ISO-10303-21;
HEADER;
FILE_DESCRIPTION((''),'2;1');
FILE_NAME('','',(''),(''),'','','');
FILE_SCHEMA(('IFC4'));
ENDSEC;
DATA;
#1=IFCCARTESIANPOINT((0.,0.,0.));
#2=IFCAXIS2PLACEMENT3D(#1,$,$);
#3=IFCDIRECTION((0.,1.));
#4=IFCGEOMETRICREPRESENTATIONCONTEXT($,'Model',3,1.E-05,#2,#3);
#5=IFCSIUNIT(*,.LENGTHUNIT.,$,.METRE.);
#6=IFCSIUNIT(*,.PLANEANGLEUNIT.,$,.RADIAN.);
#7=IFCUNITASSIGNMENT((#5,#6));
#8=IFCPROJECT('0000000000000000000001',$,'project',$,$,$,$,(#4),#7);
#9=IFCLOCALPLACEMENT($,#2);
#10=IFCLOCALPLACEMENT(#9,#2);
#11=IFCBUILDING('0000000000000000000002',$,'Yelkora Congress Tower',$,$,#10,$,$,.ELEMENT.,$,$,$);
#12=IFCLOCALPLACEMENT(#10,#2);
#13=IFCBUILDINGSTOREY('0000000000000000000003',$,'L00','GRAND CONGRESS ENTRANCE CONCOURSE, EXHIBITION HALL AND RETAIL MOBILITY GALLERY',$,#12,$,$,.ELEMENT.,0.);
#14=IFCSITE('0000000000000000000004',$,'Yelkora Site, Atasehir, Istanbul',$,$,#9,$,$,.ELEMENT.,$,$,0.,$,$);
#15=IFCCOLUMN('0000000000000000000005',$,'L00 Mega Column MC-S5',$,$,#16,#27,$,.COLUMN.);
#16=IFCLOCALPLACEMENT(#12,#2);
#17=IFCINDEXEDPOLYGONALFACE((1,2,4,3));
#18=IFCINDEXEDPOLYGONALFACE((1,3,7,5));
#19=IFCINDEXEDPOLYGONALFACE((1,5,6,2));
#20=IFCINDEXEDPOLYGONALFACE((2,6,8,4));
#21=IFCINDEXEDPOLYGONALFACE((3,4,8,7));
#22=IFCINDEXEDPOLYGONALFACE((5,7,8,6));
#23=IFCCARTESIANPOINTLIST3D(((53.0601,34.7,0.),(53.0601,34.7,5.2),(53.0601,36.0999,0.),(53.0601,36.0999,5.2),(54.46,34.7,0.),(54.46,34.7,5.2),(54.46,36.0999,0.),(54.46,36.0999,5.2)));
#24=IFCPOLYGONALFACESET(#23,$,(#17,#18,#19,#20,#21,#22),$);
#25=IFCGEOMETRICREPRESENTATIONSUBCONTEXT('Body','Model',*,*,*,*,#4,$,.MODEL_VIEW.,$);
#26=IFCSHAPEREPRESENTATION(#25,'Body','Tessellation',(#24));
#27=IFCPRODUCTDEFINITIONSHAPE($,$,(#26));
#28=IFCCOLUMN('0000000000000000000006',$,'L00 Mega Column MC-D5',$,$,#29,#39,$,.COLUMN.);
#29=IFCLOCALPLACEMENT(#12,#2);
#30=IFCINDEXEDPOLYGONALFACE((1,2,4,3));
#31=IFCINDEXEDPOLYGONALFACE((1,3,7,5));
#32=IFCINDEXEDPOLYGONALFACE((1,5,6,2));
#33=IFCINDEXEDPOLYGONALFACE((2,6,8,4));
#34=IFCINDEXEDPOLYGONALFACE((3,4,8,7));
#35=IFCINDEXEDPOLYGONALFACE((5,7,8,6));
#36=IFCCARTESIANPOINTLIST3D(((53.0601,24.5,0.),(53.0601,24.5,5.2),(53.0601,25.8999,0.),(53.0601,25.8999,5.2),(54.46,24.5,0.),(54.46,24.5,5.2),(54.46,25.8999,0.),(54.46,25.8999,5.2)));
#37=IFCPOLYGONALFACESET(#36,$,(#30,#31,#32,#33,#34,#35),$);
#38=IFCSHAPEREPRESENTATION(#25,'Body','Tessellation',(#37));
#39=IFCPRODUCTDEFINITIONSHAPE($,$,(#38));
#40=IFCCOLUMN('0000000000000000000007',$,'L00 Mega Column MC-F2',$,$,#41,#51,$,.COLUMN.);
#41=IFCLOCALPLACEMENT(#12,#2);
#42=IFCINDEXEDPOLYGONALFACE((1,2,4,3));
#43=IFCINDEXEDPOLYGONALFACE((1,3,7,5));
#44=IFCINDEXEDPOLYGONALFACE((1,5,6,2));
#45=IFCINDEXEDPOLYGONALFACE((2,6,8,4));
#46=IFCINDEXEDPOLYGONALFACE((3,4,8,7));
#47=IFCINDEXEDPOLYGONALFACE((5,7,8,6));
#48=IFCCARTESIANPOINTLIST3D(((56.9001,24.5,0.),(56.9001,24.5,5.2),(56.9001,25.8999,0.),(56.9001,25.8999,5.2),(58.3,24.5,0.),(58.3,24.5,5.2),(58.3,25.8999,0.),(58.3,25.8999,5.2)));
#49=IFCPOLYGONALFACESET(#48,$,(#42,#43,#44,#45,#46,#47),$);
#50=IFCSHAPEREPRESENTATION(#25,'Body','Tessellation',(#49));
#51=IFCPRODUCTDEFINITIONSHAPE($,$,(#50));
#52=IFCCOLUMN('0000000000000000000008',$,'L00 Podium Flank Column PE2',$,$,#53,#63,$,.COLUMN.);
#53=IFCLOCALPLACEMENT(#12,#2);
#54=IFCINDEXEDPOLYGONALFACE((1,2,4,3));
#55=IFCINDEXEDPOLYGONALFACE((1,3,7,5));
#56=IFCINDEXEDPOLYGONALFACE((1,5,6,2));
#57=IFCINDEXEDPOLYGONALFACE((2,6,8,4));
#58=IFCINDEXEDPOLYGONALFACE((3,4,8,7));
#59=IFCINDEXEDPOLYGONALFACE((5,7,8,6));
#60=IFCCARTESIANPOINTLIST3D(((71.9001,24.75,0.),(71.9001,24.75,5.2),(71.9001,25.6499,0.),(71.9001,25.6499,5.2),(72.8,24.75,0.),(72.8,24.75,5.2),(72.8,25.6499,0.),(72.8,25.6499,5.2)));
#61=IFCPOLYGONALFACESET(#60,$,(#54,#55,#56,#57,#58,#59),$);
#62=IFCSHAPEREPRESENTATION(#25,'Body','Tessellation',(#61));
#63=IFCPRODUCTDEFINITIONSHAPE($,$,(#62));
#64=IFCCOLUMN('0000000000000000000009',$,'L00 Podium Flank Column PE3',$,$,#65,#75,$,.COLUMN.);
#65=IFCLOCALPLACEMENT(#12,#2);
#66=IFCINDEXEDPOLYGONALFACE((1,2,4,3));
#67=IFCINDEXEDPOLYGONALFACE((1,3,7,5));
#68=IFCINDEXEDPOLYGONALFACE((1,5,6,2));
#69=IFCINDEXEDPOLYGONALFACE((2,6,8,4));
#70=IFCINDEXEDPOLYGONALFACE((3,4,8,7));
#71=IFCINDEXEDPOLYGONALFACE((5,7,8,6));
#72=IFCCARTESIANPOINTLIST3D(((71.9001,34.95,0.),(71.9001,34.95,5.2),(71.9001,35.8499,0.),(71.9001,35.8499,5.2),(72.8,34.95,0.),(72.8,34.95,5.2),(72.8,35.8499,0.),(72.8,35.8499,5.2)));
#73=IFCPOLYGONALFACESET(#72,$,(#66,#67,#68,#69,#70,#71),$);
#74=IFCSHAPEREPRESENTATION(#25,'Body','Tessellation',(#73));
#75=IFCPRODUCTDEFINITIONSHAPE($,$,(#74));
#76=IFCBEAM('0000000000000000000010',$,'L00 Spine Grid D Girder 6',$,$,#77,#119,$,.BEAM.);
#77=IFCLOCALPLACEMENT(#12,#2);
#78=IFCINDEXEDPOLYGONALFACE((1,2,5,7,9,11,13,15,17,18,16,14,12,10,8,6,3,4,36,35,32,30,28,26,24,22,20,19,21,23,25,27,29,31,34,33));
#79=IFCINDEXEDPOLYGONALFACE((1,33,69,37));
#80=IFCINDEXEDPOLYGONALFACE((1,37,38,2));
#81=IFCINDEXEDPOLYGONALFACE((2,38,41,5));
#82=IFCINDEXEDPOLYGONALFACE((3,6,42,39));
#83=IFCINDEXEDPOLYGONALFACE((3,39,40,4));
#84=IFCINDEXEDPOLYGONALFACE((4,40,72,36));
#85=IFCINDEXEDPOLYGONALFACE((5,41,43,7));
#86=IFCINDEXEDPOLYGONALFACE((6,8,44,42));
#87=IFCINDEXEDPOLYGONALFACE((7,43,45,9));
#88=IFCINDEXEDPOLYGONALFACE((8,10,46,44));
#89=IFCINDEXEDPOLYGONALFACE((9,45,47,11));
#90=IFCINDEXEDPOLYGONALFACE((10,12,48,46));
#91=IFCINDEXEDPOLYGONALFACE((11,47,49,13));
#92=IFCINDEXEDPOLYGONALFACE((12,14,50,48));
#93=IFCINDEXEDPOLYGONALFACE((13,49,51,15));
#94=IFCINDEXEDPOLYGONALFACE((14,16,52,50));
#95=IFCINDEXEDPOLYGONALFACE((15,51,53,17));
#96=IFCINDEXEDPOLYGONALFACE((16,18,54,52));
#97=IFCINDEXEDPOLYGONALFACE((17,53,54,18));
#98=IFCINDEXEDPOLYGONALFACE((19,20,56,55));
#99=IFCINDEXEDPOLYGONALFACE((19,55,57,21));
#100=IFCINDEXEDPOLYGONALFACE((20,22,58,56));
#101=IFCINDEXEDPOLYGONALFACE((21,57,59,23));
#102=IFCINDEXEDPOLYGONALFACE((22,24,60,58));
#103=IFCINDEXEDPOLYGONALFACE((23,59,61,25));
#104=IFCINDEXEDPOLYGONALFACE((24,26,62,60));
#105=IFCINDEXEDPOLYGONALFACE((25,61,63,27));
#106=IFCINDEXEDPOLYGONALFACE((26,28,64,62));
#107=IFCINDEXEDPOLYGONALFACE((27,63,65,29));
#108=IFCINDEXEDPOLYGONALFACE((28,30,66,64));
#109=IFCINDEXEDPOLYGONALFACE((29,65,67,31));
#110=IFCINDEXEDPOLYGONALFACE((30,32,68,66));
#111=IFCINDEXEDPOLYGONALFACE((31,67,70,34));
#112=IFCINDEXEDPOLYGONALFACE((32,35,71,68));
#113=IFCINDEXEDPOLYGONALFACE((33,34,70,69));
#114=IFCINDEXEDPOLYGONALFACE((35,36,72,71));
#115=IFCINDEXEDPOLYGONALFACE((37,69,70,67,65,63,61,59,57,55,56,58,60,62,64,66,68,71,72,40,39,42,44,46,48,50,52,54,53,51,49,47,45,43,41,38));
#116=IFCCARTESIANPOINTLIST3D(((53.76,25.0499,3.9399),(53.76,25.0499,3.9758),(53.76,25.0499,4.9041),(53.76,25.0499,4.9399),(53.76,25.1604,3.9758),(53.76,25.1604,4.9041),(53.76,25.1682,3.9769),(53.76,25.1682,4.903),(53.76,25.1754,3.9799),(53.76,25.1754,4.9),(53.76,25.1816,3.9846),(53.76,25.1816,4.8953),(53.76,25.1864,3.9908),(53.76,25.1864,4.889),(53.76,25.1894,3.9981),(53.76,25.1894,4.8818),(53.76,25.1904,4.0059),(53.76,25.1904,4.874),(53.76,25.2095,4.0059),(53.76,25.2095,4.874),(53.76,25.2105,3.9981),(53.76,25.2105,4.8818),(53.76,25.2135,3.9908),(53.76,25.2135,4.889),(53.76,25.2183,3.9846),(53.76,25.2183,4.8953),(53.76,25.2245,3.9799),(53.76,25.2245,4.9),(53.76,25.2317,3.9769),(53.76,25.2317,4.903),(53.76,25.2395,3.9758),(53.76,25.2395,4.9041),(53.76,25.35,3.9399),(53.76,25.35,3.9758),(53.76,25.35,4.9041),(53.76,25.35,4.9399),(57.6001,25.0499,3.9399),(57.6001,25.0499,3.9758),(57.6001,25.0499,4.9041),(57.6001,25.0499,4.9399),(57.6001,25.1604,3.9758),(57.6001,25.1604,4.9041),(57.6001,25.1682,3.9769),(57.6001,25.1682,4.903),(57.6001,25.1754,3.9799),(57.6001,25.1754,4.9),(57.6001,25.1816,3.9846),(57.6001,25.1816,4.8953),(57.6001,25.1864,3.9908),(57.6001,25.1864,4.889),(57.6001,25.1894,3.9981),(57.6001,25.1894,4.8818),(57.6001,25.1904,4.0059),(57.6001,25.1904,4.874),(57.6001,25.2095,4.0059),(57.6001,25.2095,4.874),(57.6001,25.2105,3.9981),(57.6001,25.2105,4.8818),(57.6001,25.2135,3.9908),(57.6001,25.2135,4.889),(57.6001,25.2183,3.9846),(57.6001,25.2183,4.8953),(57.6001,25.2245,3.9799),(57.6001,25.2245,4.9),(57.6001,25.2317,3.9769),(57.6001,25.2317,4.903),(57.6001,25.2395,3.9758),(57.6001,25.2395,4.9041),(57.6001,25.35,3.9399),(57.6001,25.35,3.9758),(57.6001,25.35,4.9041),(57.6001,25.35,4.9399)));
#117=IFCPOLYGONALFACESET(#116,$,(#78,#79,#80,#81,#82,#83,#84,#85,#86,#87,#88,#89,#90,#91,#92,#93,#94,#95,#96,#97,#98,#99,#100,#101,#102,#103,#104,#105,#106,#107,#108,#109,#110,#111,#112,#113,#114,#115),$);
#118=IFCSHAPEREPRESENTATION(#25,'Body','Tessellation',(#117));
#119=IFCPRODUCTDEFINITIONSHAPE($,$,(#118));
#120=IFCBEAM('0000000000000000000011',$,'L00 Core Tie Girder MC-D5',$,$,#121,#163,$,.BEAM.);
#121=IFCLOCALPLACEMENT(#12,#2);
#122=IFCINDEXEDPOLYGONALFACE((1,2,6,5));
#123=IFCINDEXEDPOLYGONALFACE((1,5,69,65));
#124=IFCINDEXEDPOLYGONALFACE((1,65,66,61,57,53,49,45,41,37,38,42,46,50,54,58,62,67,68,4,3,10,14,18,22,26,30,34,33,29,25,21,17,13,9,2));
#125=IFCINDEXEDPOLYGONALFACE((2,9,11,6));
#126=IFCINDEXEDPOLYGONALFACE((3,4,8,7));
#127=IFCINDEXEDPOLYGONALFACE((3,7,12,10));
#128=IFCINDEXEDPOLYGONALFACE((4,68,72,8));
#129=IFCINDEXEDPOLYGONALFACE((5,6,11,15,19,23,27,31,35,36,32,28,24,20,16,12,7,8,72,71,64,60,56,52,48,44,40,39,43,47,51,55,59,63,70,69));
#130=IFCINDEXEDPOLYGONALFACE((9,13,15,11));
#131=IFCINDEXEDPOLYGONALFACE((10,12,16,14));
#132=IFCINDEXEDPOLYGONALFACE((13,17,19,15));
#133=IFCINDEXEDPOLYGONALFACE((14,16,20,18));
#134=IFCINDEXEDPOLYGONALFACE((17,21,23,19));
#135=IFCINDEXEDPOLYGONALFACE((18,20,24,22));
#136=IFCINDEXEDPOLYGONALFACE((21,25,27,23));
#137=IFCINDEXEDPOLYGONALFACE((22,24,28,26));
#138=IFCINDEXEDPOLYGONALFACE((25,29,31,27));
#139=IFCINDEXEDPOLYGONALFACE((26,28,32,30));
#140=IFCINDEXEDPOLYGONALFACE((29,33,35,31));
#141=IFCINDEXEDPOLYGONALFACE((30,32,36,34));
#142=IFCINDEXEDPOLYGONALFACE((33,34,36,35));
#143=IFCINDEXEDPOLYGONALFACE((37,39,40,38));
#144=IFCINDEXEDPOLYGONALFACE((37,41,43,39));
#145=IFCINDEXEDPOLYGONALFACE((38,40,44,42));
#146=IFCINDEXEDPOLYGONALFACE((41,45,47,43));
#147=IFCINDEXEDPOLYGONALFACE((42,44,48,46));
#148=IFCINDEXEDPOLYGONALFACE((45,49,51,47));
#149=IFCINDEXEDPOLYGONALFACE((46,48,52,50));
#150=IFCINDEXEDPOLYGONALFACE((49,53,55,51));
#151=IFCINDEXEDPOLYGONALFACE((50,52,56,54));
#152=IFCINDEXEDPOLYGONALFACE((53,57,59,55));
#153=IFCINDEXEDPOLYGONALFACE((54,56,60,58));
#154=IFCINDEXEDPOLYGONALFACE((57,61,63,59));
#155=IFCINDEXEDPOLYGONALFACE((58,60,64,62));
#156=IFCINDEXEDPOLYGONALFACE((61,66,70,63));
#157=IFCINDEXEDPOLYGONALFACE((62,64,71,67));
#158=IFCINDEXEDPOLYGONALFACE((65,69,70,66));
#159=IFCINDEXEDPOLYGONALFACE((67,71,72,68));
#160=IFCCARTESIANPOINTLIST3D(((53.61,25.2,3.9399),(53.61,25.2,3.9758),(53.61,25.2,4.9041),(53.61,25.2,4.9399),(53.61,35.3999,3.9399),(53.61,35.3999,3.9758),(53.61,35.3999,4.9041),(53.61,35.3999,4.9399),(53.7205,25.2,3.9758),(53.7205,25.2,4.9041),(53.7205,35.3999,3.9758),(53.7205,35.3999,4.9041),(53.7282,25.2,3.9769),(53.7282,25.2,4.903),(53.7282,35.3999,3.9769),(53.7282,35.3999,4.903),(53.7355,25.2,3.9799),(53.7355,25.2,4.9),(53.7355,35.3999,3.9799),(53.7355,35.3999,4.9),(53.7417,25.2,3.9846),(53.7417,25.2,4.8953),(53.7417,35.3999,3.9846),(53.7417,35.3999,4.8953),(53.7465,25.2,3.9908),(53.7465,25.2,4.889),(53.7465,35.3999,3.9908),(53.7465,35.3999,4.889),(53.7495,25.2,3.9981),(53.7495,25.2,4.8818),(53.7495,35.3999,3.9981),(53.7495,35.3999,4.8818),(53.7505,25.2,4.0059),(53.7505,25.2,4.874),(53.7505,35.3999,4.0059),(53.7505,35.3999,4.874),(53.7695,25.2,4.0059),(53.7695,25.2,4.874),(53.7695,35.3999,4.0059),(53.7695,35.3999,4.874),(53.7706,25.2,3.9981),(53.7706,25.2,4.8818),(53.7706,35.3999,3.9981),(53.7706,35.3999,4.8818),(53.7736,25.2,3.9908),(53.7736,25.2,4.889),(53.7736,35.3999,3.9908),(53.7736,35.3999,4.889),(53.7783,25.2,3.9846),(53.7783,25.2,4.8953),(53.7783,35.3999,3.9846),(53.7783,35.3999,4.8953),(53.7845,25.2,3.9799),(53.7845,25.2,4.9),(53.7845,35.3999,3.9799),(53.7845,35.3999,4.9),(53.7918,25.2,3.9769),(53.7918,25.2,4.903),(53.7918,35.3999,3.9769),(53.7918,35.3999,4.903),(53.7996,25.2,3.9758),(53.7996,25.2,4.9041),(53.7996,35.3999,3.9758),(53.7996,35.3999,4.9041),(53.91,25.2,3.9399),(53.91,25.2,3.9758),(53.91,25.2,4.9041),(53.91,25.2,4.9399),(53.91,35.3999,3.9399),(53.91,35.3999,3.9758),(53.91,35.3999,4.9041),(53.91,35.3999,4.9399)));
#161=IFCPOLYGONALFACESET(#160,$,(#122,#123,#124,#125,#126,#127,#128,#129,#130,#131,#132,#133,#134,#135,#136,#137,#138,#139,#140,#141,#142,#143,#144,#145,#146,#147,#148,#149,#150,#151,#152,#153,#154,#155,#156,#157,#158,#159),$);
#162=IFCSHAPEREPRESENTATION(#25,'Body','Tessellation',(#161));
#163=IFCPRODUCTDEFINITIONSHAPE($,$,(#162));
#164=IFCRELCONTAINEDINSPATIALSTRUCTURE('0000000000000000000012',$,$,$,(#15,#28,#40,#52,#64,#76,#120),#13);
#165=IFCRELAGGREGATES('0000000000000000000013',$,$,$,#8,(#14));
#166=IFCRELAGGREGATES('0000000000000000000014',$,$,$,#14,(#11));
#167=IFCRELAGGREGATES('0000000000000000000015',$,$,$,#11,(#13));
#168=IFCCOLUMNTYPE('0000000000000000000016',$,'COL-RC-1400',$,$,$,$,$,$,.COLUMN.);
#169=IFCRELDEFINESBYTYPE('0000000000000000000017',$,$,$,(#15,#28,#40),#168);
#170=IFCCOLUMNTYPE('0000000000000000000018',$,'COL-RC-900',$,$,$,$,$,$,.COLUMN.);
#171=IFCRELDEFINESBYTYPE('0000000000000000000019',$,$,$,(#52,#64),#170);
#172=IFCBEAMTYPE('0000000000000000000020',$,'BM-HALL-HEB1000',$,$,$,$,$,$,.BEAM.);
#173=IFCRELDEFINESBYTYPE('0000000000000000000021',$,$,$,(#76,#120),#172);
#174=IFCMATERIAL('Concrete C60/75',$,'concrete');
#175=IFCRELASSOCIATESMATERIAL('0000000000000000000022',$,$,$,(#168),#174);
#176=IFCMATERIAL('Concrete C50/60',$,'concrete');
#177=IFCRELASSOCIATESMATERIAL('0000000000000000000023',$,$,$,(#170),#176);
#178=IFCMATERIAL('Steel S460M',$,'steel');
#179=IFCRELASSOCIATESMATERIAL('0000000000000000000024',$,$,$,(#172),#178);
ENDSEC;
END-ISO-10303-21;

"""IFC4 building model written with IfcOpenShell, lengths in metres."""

from ifc_helpers import new_model, si_unit, direction, frame, origin, origin_2d, place, context, subcontext, project, spatial, rectangle, i_section, extrude, material, material_profile, profile_set, type_object, element, save


model = new_model("IFC4")

# Units and contexts
model_context = context("Model", 3, precision=1e-05, world=origin(), true_north=direction((0.0, 1.0)))
body_context = subcontext(model_context, "Body", "Model", "MODEL_VIEW")
ifc_project = project(units=[si_unit("LENGTHUNIT", "METRE"), si_unit("PLANEANGLEUNIT", "RADIAN")], contexts=[model_context])

# Site, building, storey
site_placement = place(None, origin())
site = spatial("IfcSite", under=ifc_project, at=site_placement, Name="Yelkora Site, Atasehir, Istanbul", CompositionType="ELEMENT", RefElevation=0.0)
building_placement = place(site_placement, origin())
building = spatial("IfcBuilding", under=site, at=building_placement, Name="Yelkora Congress Tower", CompositionType="ELEMENT")
storey_placement = place(building_placement, origin())
storey = spatial("IfcBuildingStorey", under=building, at=storey_placement, Name="L00", Description="GRAND CONGRESS ENTRANCE CONCOURSE, EXHIBITION HALL AND RETAIL MOBILITY GALLERY", CompositionType="ELEMENT", Elevation=0.0)

# Columns
ifc_material_1 = material(Name="Concrete C60/75", Category="concrete")
ifc_material_profile_1 = material_profile(ifc_material_1, rectangle(XDim=1.3999, YDim=1.3999, at=origin_2d()), Name="RC 1400x1400")
ifc_profile_set_1 = profile_set([ifc_material_profile_1], Name="Concrete C60/75")
column_type_1 = type_object("IfcColumnType", Name="COL-RC-1400", PredefinedType="COLUMN", material=ifc_profile_set_1)
for number, where, z_axis, x_axis, name in (
    (1, (53.76, 35.3999, 0.0), (0.0, 0.0, 1.0), (1.0, 0.0, 0.0), "L00 Mega Column MC-S5"),
    (2, (53.76, 25.2, 0.0), (0.0, 0.0, 1.0), (1.0, 0.0, 0.0), "L00 Mega Column MC-D5"),
    (3, (57.6001, 25.2, 0.0), (0.0, 0.0, 1.0), (1.0, 0.0, 0.0), "L00 Mega Column MC-F2"),
):
    element("IfcColumn", number, at=place(storey_placement, frame(where, z_axis=z_axis, x_axis=x_axis)), inside=storey, type_object=column_type_1, Name=name, PredefinedType="COLUMN", context=body_context, shape_type="SweptSolid", body=[
        extrude(rectangle(XDim=1.3999, YDim=1.3999, at=origin_2d()), origin(), (0.0, 0.0, 1.0), 5.2),
    ])
ifc_material_2 = material(Name="Concrete C50/60", Category="concrete")
ifc_material_profile_2 = material_profile(ifc_material_2, rectangle(XDim=0.8999, YDim=0.8999, at=origin_2d()), Name="RC 900x900")
ifc_profile_set_2 = profile_set([ifc_material_profile_2], Name="Concrete C50/60")
column_type_2 = type_object("IfcColumnType", Name="COL-RC-900", PredefinedType="COLUMN", material=ifc_profile_set_2)
for number, where, z_axis, x_axis, name in (
    (4, (72.3501, 25.2, 0.0), (0.0, 0.0, 1.0), (1.0, 0.0, 0.0), "L00 Podium Flank Column PE2"),
    (5, (72.3501, 35.3999, 0.0), (0.0, 0.0, 1.0), (1.0, 0.0, 0.0), "L00 Podium Flank Column PE3"),
):
    element("IfcColumn", number, at=place(storey_placement, frame(where, z_axis=z_axis, x_axis=x_axis)), inside=storey, type_object=column_type_2, Name=name, PredefinedType="COLUMN", context=body_context, shape_type="SweptSolid", body=[
        extrude(rectangle(XDim=0.8999, YDim=0.8999, at=origin_2d()), origin(), (0.0, 0.0, 1.0), 5.2),
    ])

# Beams
ifc_material_3 = material(Name="Steel S460M", Category="steel")
ifc_material_profile_3 = material_profile(ifc_material_3, i_section(OverallWidth=0.3, OverallDepth=1.0, WebThickness=0.019, FlangeThickness=0.0359, FilletRadius=0.03, at=origin_2d()), Name="HEB 1000")
ifc_profile_set_3 = profile_set([ifc_material_profile_3], Name="Steel S460M")
beam_type_1 = type_object("IfcBeamType", Name="BM-HALL-HEB1000", PredefinedType="BEAM", material=ifc_profile_set_3)
beam_1_placement = place(storey_placement, frame((53.76, 25.2, 4.4399), z_axis=(1.0, 0.0, 0.0), x_axis=(0.0, 1.0, 0.0)))
element("IfcBeam", 6, at=beam_1_placement, inside=storey, type_object=beam_type_1, Name="L00 Spine Grid D Girder 6", PredefinedType="BEAM", context=body_context, shape_type="SweptSolid", body=[
    extrude(i_section(OverallWidth=0.3, OverallDepth=1.0, WebThickness=0.019, FlangeThickness=0.0359, FilletRadius=0.03, at=origin_2d()), origin(), (0.0, 0.0, 1.0), 3.8401),
])
beam_2_placement = place(storey_placement, frame((53.76, 25.2, 4.4399), z_axis=(0.0, 1.0, 0.0), x_axis=(-1.0, 0.0, 0.0)))
element("IfcBeam", 7, at=beam_2_placement, inside=storey, type_object=beam_type_1, Name="L00 Core Tie Girder MC-D5", PredefinedType="BEAM", context=body_context, shape_type="SweptSolid", body=[
    extrude(i_section(OverallWidth=0.3, OverallDepth=1.0, WebThickness=0.019, FlangeThickness=0.0359, FilletRadius=0.03, at=origin_2d()), origin(), (0.0, 0.0, 1.0), 10.2),
])

save(model, "model.ifc")
